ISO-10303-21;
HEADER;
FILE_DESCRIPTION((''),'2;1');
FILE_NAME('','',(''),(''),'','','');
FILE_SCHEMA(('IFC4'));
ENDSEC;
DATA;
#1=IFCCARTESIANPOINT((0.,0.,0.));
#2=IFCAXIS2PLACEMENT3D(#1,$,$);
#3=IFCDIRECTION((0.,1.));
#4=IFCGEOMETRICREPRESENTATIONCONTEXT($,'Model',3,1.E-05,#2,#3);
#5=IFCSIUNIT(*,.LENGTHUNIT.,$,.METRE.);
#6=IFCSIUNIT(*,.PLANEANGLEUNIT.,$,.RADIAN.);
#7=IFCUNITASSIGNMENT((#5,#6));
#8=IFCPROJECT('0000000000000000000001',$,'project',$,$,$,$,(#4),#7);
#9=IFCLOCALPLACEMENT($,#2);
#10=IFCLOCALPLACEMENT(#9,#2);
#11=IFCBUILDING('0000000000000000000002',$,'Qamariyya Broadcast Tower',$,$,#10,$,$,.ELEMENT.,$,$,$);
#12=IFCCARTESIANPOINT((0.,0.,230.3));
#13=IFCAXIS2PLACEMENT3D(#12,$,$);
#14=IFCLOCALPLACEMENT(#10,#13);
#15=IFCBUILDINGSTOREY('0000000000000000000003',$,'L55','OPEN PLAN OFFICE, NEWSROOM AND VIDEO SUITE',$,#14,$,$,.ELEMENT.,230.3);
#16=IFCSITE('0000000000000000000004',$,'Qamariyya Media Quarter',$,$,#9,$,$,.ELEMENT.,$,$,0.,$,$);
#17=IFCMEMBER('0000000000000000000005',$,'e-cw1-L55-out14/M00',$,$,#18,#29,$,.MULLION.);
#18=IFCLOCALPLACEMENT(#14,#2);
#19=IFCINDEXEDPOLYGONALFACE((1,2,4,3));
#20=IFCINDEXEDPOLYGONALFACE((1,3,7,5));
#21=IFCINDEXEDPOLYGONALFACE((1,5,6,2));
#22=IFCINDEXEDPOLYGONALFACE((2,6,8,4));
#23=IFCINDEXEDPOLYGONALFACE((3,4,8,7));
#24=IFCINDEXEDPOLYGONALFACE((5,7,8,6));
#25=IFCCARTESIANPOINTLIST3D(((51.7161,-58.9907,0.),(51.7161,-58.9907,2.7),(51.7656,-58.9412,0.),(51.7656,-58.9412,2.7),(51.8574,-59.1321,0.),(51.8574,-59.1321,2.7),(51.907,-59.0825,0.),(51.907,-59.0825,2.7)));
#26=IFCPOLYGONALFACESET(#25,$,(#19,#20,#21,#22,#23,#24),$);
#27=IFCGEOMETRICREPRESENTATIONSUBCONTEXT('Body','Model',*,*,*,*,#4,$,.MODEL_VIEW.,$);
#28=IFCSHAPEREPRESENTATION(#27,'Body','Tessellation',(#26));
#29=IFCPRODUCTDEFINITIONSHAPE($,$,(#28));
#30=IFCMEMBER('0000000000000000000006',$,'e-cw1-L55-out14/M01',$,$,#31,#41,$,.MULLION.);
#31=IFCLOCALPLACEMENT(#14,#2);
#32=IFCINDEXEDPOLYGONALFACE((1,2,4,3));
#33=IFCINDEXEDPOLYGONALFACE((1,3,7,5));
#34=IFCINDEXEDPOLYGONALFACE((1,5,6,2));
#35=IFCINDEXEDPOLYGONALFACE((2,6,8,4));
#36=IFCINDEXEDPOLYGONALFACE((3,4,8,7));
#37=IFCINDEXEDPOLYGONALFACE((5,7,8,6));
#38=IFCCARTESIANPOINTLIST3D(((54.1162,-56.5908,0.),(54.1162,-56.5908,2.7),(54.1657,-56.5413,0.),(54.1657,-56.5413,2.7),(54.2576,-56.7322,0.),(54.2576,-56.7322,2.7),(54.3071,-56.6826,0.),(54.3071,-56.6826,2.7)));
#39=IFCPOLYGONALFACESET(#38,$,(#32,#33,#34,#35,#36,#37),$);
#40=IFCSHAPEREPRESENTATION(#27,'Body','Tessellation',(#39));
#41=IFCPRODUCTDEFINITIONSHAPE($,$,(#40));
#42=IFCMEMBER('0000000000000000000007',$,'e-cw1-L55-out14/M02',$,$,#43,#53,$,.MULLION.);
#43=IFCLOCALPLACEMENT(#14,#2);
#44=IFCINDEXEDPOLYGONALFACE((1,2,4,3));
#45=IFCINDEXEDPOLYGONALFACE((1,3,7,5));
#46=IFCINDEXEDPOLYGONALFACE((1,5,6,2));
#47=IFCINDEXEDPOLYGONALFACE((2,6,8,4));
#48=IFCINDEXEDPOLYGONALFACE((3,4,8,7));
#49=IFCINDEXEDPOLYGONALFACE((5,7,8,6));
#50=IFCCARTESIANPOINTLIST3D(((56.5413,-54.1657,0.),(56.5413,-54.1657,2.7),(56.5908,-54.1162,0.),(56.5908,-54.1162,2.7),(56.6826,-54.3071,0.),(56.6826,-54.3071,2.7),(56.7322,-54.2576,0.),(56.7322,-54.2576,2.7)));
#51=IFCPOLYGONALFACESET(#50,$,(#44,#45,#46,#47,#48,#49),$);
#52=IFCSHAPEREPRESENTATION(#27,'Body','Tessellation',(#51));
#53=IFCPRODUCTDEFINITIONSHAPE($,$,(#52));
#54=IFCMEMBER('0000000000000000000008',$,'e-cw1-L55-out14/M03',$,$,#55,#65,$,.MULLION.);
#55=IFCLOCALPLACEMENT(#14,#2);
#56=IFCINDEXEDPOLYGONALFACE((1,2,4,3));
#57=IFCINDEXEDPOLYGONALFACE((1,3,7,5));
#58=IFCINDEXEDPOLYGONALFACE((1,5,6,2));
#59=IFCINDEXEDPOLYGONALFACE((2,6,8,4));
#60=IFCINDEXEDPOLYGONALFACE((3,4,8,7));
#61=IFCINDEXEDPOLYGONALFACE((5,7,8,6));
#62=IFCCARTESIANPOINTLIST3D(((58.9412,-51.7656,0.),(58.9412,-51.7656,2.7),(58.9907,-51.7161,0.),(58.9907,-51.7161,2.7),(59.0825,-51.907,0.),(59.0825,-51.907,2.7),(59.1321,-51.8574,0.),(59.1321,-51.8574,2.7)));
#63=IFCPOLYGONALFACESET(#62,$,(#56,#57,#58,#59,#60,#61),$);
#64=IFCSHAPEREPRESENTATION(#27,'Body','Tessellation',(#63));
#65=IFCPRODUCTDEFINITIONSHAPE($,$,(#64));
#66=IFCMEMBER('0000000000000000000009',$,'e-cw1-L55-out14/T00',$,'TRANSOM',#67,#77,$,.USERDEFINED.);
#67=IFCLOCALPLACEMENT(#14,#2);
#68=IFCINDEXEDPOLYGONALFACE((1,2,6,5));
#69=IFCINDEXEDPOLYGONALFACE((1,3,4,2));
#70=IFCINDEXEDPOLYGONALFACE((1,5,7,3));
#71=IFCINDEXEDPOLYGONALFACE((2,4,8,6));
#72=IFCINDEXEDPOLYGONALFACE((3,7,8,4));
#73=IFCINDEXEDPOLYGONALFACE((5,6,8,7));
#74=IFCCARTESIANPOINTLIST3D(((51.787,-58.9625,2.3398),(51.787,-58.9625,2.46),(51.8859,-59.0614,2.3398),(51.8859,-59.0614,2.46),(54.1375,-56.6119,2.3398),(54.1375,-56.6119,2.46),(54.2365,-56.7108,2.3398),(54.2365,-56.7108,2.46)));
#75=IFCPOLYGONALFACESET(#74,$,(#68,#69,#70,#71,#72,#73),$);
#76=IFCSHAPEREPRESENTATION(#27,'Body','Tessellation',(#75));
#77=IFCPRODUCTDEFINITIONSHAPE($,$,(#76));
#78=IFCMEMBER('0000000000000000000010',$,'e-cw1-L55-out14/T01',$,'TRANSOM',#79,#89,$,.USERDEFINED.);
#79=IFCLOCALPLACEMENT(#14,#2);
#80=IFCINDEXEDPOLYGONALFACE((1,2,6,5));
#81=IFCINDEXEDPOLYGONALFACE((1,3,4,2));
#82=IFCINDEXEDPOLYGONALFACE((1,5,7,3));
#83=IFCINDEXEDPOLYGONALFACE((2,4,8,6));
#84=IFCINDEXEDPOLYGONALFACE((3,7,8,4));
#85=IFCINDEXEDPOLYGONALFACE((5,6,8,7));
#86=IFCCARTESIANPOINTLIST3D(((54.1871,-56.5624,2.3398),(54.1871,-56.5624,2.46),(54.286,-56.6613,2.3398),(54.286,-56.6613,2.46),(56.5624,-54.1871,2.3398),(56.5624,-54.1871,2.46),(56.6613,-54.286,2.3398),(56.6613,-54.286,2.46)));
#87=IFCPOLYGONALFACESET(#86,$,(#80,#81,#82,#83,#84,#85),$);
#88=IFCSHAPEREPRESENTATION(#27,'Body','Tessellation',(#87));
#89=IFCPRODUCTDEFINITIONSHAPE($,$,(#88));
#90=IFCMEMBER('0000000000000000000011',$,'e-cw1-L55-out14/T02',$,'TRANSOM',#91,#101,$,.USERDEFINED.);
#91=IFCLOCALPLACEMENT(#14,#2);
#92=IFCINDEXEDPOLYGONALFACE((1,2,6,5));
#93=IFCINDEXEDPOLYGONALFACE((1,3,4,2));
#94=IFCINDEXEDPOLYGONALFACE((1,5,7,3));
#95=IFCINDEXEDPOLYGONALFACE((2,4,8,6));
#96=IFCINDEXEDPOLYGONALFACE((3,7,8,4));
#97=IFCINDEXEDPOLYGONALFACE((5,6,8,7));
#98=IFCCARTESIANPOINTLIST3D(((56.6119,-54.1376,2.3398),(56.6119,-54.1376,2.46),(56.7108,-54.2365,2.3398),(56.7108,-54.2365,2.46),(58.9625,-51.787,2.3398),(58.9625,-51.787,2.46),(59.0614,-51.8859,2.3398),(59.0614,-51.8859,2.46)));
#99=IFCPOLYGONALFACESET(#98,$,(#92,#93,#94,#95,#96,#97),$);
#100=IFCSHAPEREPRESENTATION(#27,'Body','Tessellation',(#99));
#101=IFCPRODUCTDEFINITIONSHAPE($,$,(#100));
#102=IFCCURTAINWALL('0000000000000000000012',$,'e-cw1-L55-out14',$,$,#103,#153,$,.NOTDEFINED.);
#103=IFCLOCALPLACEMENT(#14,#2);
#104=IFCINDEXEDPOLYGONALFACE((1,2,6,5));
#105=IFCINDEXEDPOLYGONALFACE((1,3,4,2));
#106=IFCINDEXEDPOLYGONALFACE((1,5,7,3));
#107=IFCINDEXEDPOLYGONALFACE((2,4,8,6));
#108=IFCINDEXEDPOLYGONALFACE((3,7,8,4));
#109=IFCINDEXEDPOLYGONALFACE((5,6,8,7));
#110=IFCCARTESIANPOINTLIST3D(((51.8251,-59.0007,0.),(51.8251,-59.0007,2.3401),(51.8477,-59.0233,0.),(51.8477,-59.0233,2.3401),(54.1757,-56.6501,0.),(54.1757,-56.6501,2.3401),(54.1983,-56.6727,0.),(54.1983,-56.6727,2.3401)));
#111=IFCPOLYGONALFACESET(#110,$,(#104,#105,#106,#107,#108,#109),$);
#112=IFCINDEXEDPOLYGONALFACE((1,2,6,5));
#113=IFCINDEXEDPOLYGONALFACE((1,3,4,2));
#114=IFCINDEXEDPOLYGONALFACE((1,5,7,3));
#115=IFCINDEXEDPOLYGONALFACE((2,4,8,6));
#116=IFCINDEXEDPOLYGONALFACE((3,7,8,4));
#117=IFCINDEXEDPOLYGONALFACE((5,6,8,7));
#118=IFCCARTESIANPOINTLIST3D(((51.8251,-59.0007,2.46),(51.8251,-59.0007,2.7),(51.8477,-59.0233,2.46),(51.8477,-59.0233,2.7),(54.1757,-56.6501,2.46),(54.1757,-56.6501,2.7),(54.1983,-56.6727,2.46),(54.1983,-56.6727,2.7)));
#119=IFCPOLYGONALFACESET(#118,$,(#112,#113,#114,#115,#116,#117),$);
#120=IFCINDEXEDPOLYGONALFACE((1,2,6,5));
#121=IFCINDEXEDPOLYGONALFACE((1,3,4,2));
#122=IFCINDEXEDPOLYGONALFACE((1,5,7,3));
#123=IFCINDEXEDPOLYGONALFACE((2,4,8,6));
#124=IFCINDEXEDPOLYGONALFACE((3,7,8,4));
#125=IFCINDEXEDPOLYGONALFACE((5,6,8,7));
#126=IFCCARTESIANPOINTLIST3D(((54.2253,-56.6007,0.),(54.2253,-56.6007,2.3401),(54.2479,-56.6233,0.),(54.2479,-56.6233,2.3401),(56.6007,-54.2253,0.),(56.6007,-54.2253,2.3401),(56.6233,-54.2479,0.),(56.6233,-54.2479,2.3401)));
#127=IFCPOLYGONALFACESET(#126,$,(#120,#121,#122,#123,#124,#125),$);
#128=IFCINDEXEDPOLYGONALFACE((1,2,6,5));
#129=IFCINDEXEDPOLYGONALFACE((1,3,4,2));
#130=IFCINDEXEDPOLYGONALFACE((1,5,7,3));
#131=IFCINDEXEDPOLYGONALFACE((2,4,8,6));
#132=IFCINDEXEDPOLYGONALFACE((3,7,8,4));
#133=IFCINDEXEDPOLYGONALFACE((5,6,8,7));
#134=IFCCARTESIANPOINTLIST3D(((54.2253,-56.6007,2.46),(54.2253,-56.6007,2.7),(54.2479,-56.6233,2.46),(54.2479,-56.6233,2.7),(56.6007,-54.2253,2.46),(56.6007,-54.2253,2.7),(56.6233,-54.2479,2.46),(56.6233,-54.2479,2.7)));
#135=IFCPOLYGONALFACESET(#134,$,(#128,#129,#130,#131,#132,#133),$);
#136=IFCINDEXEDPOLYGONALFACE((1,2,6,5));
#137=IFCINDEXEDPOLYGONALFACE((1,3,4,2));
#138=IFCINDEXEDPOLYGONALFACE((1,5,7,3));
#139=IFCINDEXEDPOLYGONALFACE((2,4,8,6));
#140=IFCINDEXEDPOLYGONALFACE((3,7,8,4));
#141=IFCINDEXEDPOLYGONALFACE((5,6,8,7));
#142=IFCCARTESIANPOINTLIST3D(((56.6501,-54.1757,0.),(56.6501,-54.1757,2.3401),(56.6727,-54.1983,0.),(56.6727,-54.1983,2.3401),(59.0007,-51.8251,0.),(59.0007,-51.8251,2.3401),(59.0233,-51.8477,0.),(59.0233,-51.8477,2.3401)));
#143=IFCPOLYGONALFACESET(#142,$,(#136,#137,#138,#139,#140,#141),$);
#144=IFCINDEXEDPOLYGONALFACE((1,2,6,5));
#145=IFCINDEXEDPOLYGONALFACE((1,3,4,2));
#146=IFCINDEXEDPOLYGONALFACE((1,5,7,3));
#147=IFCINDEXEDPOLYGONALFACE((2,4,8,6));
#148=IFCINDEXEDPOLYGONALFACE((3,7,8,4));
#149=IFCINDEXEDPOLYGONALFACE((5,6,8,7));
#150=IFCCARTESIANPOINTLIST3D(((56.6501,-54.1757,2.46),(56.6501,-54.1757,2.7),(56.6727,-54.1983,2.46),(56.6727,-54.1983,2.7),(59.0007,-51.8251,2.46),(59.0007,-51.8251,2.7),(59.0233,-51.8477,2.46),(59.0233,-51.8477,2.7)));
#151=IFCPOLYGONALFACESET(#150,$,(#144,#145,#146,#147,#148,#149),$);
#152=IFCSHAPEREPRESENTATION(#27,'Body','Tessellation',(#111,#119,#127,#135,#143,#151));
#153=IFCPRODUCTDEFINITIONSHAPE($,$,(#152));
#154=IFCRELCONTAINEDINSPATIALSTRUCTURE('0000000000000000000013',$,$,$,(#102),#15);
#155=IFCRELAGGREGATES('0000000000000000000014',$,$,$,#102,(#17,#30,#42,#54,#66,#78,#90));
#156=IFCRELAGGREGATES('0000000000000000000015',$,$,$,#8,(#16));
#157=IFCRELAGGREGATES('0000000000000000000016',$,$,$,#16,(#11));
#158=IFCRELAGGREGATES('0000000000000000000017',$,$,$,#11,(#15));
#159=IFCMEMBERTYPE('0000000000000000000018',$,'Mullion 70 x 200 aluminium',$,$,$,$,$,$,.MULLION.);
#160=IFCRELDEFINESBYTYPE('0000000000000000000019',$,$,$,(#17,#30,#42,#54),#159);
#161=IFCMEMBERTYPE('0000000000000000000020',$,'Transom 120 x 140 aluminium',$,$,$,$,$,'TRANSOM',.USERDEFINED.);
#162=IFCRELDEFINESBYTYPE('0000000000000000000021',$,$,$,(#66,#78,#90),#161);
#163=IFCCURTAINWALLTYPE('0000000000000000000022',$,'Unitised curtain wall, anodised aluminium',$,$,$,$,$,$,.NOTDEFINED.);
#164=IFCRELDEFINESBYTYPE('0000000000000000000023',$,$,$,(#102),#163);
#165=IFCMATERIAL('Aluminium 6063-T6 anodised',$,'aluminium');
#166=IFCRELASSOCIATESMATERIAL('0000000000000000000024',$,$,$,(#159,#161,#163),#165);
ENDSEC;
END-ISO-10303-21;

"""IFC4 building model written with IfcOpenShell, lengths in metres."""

from ifc_helpers import new_model, si_unit, direction, frame, origin, origin_2d, place, context, subcontext, project, spatial, rectangle, extrude, material, material_profile, profile_set, type_object, element, aggregate, save


model = new_model("IFC4")

# Units and contexts
model_context = context("Model", 3, precision=1e-05, world=origin(), true_north=direction((0.0, 1.0)))
body_context = subcontext(model_context, "Body", "Model", "MODEL_VIEW")
ifc_project = project(units=[si_unit("LENGTHUNIT", "METRE"), si_unit("PLANEANGLEUNIT", "RADIAN")], contexts=[model_context])

# Members
ifc_material_1 = material(Name="Aluminium 6063-T6 anodised", Category="aluminium")
ifc_material_profile_1 = material_profile(ifc_material_1, rectangle(XDim=0.2, YDim=0.0701, at=origin_2d()))
ifc_profile_set_1 = profile_set([ifc_material_profile_1], Name="Aluminium 6063-T6 anodised")
member_type_1 = type_object("IfcMemberType", Name="Mullion 70 x 200 aluminium", PredefinedType="MULLION", material=ifc_profile_set_1)
site_placement = place(None, origin())
building_placement = place(site_placement, origin())
storey_placement = place(building_placement, frame((0.0, 0.0, 230.3)))
member_1_placement = place(storey_placement, frame((51.8115, -59.0366, 0.0), z_axis=(0.0, 0.0, 1.0), x_axis=(-0.707107, 0.707107, 0.0)))
member_1 = element("IfcMember", 1, at=member_1_placement, type_object=member_type_1, Name="e-cw1-L55-out14/M00", PredefinedType="MULLION", context=body_context, shape_type="SweptSolid", body=[
    extrude(rectangle(XDim=0.2, YDim=0.0701, at=origin_2d()), origin(), (0.0, 0.0, 1.0), 2.7),
])
member_2_placement = place(storey_placement, frame((54.2117, -56.6367, 0.0), z_axis=(0.0, 0.0, 1.0), x_axis=(-0.707107, 0.707107, 0.0)))
member_2 = element("IfcMember", 2, at=member_2_placement, type_object=member_type_1, Name="e-cw1-L55-out14/M01", PredefinedType="MULLION", context=body_context, shape_type="SweptSolid", body=[
    extrude(rectangle(XDim=0.2, YDim=0.0701, at=origin_2d()), origin(), (0.0, 0.0, 1.0), 2.7),
])
member_3_placement = place(storey_placement, frame((56.6367, -54.2117, 0.0), z_axis=(0.0, 0.0, 1.0), x_axis=(-0.707107, 0.707107, 0.0)))
member_3 = element("IfcMember", 3, at=member_3_placement, type_object=member_type_1, Name="e-cw1-L55-out14/M02", PredefinedType="MULLION", context=body_context, shape_type="SweptSolid", body=[
    extrude(rectangle(XDim=0.2, YDim=0.0701, at=origin_2d()), origin(), (0.0, 0.0, 1.0), 2.7),
])
member_4_placement = place(storey_placement, frame((59.0366, -51.8115, 0.0), z_axis=(0.0, 0.0, 1.0), x_axis=(-0.707107, 0.707107, 0.0)))
member_4 = element("IfcMember", 4, at=member_4_placement, type_object=member_type_1, Name="e-cw1-L55-out14/M03", PredefinedType="MULLION", context=body_context, shape_type="SweptSolid", body=[
    extrude(rectangle(XDim=0.2, YDim=0.0701, at=origin_2d()), origin(), (0.0, 0.0, 1.0), 2.7),
])
ifc_material_profile_2 = material_profile(ifc_material_1, rectangle(XDim=0.1399, YDim=0.1201, at=origin_2d()))
ifc_profile_set_2 = profile_set([ifc_material_profile_2], Name="Aluminium 6063-T6 anodised")
member_type_2 = type_object("IfcMemberType", Name="Transom 120 x 140 aluminium", ElementType="TRANSOM", PredefinedType="USERDEFINED", material=ifc_profile_set_2)
member_5_placement = place(storey_placement, frame((51.8364, -59.012, 2.3999), z_axis=(0.707107, 0.707107, 0.0), x_axis=(-0.707107, 0.707107, 0.0)))
member_5 = element("IfcMember", 5, at=member_5_placement, type_object=member_type_2, Name="e-cw1-L55-out14/T00", ObjectType="TRANSOM", PredefinedType="USERDEFINED", context=body_context, shape_type="SweptSolid", body=[
    extrude(rectangle(XDim=0.1399, YDim=0.1201, at=origin_2d()), origin(), (0.0, 0.0, 1.0), 3.3242),
])
member_6_placement = place(storey_placement, frame((54.2366, -56.6118, 2.3999), z_axis=(0.707107, 0.707107, 0.0), x_axis=(-0.707107, 0.707107, 0.0)))
member_6 = element("IfcMember", 6, at=member_6_placement, type_object=member_type_2, Name="e-cw1-L55-out14/T01", ObjectType="TRANSOM", PredefinedType="USERDEFINED", context=body_context, shape_type="SweptSolid", body=[
    extrude(rectangle(XDim=0.1399, YDim=0.1201, at=origin_2d()), origin(), (0.0, 0.0, 1.0), 3.3591),
])
member_7_placement = place(storey_placement, frame((56.6614, -54.187, 2.3999), z_axis=(0.707107, 0.707107, 0.0), x_axis=(-0.707107, 0.707107, 0.0)))
member_7 = element("IfcMember", 7, at=member_7_placement, type_object=member_type_2, Name="e-cw1-L55-out14/T02", ObjectType="TRANSOM", PredefinedType="USERDEFINED", context=body_context, shape_type="SweptSolid", body=[
    extrude(rectangle(XDim=0.1399, YDim=0.1201, at=origin_2d()), origin(), (0.0, 0.0, 1.0), 3.3242),
])

# Site, building, storey
site = spatial("IfcSite", under=ifc_project, at=site_placement, Name="Qamariyya Media Quarter", CompositionType="ELEMENT", RefElevation=0.0)
building = spatial("IfcBuilding", under=site, at=building_placement, Name="Qamariyya Broadcast Tower", CompositionType="ELEMENT")
storey = spatial("IfcBuildingStorey", under=building, at=storey_placement, Name="L55", Description="OPEN PLAN OFFICE, NEWSROOM AND VIDEO SUITE", CompositionType="ELEMENT", Elevation=230.3)

# Curtain wall
curtain_wall_type = type_object("IfcCurtainWallType", Name="Unitised curtain wall, anodised aluminium", PredefinedType="NOTDEFINED", material=ifc_material_1)
curtain_wall_1_placement = place(storey_placement, origin())
curtain_wall_1 = element("IfcCurtainWall", 8, at=curtain_wall_1_placement, inside=storey, type_object=curtain_wall_type, Name="e-cw1-L55-out14", PredefinedType="NOTDEFINED", context=body_context, shape_type="SweptSolid", body=[
    extrude(rectangle(XDim=3.3242, YDim=0.032, at=origin_2d()), frame((53.0117, -57.8367, 0.0), x_axis=(0.707107, 0.707107, 0.0)), (0.0, 0.0, 1.0), 2.3401),
    extrude(rectangle(XDim=3.3242, YDim=0.032, at=origin_2d()), frame((53.0117, -57.8367, 2.46), x_axis=(0.707107, 0.707107, 0.0)), (0.0, 0.0, 1.0), 0.24),
    extrude(rectangle(XDim=3.3594, YDim=0.032, at=origin_2d()), frame((55.4243, -55.4243, 0.0), x_axis=(0.707107, 0.707107, 0.0)), (0.0, 0.0, 1.0), 2.3401),
    extrude(rectangle(XDim=3.3594, YDim=0.032, at=origin_2d()), frame((55.4243, -55.4243, 2.46), x_axis=(0.707107, 0.707107, 0.0)), (0.0, 0.0, 1.0), 0.24),
    extrude(rectangle(XDim=3.3242, YDim=0.032, at=origin_2d()), frame((57.8367, -53.0117, 0.0), x_axis=(0.707107, 0.707107, 0.0)), (0.0, 0.0, 1.0), 2.3401),
    extrude(rectangle(XDim=3.3242, YDim=0.032, at=origin_2d()), frame((57.8367, -53.0117, 2.46), x_axis=(0.707107, 0.707107, 0.0)), (0.0, 0.0, 1.0), 0.24),
])
aggregate(curtain_wall_1, [member_1, member_2, member_3, member_4, member_5, member_6, member_7])

save(model, "model.ifc")
